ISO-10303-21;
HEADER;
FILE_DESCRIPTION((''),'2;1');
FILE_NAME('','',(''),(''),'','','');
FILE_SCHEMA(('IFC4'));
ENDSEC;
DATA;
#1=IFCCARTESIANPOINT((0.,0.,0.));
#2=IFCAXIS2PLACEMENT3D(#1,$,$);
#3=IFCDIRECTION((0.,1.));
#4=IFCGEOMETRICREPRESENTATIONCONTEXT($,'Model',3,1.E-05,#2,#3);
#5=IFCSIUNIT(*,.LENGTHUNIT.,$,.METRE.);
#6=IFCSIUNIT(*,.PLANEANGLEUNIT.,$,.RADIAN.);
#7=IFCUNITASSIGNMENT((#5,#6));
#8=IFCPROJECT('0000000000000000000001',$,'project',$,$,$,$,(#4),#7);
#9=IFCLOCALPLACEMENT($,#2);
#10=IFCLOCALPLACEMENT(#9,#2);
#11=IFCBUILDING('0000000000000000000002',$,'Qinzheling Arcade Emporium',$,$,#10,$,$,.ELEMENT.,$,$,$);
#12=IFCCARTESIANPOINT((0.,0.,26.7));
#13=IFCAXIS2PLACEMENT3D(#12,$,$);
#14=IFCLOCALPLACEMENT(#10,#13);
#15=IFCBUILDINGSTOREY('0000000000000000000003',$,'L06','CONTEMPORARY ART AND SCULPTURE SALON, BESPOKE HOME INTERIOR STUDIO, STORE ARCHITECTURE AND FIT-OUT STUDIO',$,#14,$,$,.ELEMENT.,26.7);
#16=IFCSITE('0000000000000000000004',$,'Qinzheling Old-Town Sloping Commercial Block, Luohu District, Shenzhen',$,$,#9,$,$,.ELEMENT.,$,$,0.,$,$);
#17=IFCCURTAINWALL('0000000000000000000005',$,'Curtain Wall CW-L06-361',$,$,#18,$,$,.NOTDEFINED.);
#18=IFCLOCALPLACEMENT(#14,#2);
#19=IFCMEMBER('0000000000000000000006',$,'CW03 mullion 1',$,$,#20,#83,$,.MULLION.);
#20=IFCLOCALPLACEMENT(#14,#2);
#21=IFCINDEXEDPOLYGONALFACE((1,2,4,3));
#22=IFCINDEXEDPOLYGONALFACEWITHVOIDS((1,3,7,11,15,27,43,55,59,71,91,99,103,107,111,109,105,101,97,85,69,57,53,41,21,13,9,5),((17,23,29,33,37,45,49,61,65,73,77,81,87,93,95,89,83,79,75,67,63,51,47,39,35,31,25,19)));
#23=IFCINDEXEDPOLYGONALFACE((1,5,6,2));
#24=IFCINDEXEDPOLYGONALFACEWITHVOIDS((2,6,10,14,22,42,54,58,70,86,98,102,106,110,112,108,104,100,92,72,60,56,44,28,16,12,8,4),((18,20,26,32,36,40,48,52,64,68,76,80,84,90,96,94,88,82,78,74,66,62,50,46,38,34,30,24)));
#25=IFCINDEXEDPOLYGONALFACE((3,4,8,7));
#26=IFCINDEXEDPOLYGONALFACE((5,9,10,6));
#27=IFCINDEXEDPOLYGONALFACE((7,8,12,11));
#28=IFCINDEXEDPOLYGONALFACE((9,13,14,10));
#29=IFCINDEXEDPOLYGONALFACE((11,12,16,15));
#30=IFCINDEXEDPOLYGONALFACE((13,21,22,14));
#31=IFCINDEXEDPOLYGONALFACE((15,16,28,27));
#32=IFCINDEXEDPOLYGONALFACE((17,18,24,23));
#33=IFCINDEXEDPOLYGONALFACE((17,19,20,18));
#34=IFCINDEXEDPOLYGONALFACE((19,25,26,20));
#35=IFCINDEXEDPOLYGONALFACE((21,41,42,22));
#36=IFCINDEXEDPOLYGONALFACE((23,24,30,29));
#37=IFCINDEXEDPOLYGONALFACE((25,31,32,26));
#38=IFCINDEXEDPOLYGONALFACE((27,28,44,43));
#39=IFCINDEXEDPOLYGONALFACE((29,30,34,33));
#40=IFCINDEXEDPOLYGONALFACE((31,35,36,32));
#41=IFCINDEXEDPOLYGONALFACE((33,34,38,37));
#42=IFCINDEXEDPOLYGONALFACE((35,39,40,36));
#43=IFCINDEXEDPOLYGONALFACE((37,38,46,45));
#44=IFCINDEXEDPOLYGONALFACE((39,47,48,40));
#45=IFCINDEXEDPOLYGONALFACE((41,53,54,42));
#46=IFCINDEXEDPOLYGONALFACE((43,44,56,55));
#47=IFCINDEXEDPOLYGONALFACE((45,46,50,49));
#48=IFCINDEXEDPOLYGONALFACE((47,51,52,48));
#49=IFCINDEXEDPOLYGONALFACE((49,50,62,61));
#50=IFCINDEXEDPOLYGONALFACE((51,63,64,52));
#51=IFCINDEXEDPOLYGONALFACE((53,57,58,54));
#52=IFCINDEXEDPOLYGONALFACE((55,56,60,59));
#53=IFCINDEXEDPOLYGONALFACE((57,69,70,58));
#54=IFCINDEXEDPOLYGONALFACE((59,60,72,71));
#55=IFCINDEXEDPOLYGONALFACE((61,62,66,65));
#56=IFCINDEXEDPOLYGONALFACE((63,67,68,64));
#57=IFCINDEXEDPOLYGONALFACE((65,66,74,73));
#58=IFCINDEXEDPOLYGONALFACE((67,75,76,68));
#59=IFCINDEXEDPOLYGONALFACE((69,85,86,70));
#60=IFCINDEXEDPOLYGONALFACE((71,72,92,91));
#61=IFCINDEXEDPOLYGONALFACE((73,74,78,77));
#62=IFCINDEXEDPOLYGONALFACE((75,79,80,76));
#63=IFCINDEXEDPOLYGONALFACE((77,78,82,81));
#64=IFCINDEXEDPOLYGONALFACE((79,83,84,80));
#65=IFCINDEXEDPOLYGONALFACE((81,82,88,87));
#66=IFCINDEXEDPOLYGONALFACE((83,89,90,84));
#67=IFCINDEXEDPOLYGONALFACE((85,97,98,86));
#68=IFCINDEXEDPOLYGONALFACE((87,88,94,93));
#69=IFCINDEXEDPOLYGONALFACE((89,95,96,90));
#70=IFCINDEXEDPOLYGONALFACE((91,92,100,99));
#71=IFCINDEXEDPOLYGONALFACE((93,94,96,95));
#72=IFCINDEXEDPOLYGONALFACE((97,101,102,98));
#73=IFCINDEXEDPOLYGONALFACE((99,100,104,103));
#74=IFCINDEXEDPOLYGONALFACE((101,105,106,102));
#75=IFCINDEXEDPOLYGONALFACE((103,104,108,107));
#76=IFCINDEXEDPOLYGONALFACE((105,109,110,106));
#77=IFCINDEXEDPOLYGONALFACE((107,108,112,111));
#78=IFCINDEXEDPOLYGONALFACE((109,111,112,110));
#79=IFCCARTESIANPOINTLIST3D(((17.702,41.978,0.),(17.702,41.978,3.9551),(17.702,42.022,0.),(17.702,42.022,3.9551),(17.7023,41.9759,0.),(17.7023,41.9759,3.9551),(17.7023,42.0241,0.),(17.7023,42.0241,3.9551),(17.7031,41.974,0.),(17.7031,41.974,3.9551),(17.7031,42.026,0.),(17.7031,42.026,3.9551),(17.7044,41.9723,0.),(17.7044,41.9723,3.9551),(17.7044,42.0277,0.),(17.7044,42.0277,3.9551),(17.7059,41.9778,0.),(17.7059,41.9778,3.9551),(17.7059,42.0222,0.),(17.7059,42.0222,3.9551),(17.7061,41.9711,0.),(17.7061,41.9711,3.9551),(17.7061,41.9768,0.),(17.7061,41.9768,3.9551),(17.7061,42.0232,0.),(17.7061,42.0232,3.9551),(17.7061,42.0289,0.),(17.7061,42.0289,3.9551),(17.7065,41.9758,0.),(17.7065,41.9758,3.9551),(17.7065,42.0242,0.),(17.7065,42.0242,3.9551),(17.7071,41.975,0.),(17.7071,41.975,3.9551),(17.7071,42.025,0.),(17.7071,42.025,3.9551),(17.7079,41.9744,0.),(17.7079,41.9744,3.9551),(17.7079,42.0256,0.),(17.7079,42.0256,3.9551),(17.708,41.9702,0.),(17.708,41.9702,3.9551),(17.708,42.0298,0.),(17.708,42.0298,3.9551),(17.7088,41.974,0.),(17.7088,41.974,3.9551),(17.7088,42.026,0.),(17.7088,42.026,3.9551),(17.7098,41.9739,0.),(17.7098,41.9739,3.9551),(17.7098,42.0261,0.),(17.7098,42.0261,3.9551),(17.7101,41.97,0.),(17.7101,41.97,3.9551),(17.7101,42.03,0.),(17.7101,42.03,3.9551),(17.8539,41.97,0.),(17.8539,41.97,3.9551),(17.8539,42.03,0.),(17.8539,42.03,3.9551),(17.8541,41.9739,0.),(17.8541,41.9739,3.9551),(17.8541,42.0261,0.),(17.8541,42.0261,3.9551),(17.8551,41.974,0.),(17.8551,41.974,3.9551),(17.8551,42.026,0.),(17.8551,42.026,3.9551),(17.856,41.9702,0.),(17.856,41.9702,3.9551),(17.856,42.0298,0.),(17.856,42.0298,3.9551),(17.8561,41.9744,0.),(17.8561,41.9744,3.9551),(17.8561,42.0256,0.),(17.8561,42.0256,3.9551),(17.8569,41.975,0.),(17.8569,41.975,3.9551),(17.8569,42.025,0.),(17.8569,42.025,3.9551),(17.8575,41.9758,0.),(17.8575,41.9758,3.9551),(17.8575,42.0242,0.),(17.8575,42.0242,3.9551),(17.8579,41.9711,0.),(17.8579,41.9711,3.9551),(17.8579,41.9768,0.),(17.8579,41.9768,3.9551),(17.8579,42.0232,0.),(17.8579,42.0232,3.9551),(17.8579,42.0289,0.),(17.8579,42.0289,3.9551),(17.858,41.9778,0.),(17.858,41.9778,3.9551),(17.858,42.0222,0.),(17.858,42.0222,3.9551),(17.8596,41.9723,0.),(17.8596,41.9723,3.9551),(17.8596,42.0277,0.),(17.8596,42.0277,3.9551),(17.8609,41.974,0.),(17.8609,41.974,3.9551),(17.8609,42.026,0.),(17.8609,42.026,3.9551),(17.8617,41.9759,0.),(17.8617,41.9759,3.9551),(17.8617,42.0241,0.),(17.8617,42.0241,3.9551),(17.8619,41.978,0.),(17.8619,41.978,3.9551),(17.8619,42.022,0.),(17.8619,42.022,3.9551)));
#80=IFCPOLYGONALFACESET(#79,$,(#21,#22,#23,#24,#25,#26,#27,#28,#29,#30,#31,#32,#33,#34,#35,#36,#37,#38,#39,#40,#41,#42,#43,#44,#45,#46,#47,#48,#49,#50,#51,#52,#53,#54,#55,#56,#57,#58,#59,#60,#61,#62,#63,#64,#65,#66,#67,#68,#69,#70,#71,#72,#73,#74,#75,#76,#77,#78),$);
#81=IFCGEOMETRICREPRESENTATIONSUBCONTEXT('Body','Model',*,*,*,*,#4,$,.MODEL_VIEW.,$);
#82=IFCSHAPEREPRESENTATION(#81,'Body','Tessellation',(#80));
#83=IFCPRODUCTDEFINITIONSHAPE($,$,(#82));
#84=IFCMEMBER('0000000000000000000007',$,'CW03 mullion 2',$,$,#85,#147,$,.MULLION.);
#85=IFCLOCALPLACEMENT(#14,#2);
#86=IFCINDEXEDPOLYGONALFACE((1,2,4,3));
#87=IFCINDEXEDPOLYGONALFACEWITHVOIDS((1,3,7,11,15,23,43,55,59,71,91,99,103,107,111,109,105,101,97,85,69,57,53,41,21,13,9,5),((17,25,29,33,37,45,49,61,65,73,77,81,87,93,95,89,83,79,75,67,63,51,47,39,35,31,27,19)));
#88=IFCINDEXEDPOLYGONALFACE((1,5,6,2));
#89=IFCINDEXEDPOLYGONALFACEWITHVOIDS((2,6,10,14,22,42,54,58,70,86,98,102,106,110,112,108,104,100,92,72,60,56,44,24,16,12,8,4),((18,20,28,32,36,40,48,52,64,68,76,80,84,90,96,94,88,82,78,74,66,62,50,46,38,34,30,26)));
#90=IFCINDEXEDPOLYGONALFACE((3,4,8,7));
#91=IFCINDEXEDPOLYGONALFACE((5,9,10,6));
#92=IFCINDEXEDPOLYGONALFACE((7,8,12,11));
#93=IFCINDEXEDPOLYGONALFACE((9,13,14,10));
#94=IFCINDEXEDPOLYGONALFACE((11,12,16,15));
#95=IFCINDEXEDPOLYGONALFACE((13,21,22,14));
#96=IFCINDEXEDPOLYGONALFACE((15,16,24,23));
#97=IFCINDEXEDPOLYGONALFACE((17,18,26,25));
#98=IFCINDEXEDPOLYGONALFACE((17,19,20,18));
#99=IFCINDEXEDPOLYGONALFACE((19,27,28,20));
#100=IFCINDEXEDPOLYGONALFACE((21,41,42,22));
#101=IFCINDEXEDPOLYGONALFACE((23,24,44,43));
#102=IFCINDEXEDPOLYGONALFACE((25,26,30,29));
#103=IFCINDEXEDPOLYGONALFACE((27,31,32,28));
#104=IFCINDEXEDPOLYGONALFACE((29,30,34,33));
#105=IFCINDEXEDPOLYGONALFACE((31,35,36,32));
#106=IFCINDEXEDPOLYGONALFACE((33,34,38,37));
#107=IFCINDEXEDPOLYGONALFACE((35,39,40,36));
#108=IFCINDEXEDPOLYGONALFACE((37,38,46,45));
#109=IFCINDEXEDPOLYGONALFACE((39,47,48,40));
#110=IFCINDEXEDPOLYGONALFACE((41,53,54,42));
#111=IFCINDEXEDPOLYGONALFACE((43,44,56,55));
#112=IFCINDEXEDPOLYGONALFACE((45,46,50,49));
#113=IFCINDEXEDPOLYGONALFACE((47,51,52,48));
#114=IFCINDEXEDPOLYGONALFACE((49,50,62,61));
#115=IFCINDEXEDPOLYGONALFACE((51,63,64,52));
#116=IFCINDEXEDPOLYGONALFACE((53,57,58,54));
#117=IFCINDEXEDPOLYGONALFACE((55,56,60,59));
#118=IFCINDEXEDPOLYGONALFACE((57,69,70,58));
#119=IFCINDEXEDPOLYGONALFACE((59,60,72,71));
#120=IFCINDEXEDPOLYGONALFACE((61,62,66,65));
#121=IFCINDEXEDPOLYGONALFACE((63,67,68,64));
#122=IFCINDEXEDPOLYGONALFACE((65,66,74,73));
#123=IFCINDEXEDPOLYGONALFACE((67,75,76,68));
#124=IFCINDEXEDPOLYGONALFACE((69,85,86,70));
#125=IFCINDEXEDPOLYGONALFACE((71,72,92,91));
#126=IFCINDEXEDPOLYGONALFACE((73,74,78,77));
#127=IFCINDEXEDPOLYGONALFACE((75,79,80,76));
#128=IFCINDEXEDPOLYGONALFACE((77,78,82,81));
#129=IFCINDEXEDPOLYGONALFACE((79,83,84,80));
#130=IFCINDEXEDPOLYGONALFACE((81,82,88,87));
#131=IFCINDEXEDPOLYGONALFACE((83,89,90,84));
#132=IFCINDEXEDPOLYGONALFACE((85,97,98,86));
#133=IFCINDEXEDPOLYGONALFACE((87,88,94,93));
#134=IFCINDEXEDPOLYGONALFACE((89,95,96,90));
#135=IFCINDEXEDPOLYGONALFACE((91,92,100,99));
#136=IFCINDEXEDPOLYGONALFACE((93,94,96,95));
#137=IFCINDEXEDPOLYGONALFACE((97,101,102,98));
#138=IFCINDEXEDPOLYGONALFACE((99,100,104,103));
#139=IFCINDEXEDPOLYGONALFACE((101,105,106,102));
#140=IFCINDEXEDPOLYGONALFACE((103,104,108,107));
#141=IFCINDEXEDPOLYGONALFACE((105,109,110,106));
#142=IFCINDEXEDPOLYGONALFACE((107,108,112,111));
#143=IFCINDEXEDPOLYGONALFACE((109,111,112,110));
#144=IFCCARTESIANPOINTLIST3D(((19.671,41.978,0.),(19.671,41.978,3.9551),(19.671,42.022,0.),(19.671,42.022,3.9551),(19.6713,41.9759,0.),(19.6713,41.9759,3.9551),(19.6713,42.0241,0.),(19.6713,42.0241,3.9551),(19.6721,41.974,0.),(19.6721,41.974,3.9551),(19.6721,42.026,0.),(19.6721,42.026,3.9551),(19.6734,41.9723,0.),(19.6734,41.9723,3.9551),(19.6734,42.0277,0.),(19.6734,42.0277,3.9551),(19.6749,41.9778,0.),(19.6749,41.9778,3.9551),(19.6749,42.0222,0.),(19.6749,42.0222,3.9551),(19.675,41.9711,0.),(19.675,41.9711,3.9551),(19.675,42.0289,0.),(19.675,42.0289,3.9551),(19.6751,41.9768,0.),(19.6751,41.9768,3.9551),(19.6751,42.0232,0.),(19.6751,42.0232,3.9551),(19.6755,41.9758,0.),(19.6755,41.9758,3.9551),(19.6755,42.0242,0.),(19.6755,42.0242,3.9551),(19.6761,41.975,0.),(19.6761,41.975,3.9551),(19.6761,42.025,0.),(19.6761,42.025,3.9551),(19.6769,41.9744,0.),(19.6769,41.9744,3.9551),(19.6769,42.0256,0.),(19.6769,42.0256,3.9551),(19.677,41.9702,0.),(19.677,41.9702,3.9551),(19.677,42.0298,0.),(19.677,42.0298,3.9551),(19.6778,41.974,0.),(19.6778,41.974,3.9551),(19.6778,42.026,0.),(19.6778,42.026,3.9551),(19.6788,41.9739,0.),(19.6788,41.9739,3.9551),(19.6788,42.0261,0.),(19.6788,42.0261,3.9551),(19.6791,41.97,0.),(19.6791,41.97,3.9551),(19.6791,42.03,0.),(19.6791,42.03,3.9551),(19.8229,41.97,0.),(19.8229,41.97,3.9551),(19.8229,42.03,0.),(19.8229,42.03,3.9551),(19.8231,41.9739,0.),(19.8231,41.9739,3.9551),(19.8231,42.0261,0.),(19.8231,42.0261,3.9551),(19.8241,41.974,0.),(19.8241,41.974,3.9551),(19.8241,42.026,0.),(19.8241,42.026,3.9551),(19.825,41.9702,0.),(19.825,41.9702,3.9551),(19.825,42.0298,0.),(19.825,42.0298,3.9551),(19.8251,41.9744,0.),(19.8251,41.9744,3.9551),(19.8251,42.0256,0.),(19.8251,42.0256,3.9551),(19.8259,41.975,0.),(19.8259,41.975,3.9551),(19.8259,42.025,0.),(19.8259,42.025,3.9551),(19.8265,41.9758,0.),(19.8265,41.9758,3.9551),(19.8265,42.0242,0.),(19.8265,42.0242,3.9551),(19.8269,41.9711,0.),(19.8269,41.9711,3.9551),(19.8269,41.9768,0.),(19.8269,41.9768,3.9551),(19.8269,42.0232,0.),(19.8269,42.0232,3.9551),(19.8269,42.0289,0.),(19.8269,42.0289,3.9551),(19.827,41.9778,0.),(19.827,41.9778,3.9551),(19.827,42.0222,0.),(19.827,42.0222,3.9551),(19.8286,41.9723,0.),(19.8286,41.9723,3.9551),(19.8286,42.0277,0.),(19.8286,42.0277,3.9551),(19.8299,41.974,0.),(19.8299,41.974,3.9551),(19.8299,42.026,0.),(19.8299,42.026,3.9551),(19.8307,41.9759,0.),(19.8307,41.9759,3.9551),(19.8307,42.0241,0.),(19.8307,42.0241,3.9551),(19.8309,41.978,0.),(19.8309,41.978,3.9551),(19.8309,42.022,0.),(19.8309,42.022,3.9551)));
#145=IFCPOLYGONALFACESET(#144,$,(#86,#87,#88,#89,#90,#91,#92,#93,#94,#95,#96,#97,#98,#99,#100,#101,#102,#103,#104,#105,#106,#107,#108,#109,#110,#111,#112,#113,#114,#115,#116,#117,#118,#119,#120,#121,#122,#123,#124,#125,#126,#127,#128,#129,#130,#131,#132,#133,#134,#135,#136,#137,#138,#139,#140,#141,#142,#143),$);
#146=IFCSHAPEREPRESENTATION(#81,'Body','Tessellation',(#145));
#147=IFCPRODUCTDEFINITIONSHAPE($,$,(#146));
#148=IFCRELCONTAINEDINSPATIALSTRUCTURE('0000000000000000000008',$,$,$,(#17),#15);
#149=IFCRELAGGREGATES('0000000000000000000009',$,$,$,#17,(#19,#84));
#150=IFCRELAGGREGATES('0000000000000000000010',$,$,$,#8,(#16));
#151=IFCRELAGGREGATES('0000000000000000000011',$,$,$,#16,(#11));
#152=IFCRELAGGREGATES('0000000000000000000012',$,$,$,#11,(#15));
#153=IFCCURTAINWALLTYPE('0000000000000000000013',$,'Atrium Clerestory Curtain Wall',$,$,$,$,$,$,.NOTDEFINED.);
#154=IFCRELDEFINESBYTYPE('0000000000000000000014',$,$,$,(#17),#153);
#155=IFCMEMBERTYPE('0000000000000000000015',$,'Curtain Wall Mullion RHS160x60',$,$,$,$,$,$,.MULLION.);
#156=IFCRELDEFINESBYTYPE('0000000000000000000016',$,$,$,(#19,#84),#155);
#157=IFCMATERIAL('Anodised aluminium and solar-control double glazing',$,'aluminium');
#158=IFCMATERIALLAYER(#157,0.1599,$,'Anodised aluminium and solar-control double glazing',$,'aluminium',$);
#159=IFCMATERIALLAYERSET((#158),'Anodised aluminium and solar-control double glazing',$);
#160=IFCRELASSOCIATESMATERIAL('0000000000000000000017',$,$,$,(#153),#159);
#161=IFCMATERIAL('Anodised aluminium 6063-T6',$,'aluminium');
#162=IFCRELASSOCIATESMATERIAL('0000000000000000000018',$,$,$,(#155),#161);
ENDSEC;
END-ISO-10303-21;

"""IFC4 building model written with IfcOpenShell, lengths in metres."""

from ifc_helpers import new_model, si_unit, direction, frame, origin, origin_2d, place, context, subcontext, project, spatial, hollow_rectangle, extrude, material, layer, layer_set, material_profile, profile_set, type_object, element, aggregate, save


model = new_model("IFC4")

# Units and contexts
model_context = context("Model", 3, precision=1e-05, world=origin(), true_north=direction((0.0, 1.0)))
body_context = subcontext(model_context, "Body", "Model", "MODEL_VIEW")
ifc_project = project(units=[si_unit("LENGTHUNIT", "METRE"), si_unit("PLANEANGLEUNIT", "RADIAN")], contexts=[model_context])

# Site, building, storey
site_placement = place(None, origin())
site = spatial("IfcSite", under=ifc_project, at=site_placement, Name="Qinzheling Old-Town Sloping Commercial Block, Luohu District, Shenzhen", CompositionType="ELEMENT", RefElevation=0.0)
building_placement = place(site_placement, origin())
building = spatial("IfcBuilding", under=site, at=building_placement, Name="Qinzheling Arcade Emporium", CompositionType="ELEMENT")
storey_placement = place(building_placement, frame((0.0, 0.0, 26.7)))
storey = spatial("IfcBuildingStorey", under=building, at=storey_placement, Name="L06", Description="CONTEMPORARY ART AND SCULPTURE SALON, BESPOKE HOME INTERIOR STUDIO, STORE ARCHITECTURE AND FIT-OUT STUDIO", CompositionType="ELEMENT", Elevation=26.7)

# Curtain wall, members
ifc_material_1 = material(Name="Anodised aluminium and solar-control double glazing", Category="aluminium")
ifc_layer_1 = layer(ifc_material_1, 0.1599, Name="Anodised aluminium and solar-control double glazing", Category="aluminium")
ifc_layer_set_1 = layer_set([ifc_layer_1], Name="Anodised aluminium and solar-control double glazing")
curtain_wall_type = type_object("IfcCurtainWallType", Name="Atrium Clerestory Curtain Wall", PredefinedType="NOTDEFINED", material=ifc_layer_set_1)
curtain_wall_placement = place(storey_placement, origin())
curtain_wall = element("IfcCurtainWall", 1, at=curtain_wall_placement, inside=storey, type_object=curtain_wall_type, Name="Curtain Wall CW-L06-361", PredefinedType="NOTDEFINED")
ifc_material_2 = material(Name="Anodised aluminium 6063-T6", Category="aluminium")
ifc_material_profile_1 = material_profile(ifc_material_2, hollow_rectangle(XDim=0.0601, YDim=0.1599, WallThickness=0.0039, InnerFilletRadius=0.0039, OuterFilletRadius=0.0081, at=origin_2d()), Name="RHS 160x60x4", Category="aluminium")
ifc_profile_set_1 = profile_set([ifc_material_profile_1], Name="Anodised aluminium 6063-T6")
member_type_1 = type_object("IfcMemberType", Name="Curtain Wall Mullion RHS160x60", PredefinedType="MULLION", material=ifc_profile_set_1)
member_1_placement = place(storey_placement, frame((17.782, 42.0, 0.0), z_axis=(0.0, 0.0, 1.0), x_axis=(0.0, 1.0, 0.0)))
member_1 = element("IfcMember", 2, at=member_1_placement, type_object=member_type_1, Name="CW03 mullion 1", PredefinedType="MULLION", context=body_context, shape_type="SweptSolid", body=[
    extrude(hollow_rectangle(XDim=0.0601, YDim=0.1599, WallThickness=0.0039, InnerFilletRadius=0.0039, OuterFilletRadius=0.0081, at=origin_2d()), origin(), (0.0, 0.0, 1.0), 3.9551),
])
member_2_placement = place(storey_placement, frame((19.751, 42.0, 0.0), z_axis=(0.0, 0.0, 1.0), x_axis=(0.0, 1.0, 0.0)))
member_2 = element("IfcMember", 3, at=member_2_placement, type_object=member_type_1, Name="CW03 mullion 2", PredefinedType="MULLION", context=body_context, shape_type="SweptSolid", body=[
    extrude(hollow_rectangle(XDim=0.0601, YDim=0.1599, WallThickness=0.0039, InnerFilletRadius=0.0039, OuterFilletRadius=0.0081, at=origin_2d()), origin(), (0.0, 0.0, 1.0), 3.9551),
])

aggregate(curtain_wall, [member_1, member_2])

save(model, "model.ifc")
